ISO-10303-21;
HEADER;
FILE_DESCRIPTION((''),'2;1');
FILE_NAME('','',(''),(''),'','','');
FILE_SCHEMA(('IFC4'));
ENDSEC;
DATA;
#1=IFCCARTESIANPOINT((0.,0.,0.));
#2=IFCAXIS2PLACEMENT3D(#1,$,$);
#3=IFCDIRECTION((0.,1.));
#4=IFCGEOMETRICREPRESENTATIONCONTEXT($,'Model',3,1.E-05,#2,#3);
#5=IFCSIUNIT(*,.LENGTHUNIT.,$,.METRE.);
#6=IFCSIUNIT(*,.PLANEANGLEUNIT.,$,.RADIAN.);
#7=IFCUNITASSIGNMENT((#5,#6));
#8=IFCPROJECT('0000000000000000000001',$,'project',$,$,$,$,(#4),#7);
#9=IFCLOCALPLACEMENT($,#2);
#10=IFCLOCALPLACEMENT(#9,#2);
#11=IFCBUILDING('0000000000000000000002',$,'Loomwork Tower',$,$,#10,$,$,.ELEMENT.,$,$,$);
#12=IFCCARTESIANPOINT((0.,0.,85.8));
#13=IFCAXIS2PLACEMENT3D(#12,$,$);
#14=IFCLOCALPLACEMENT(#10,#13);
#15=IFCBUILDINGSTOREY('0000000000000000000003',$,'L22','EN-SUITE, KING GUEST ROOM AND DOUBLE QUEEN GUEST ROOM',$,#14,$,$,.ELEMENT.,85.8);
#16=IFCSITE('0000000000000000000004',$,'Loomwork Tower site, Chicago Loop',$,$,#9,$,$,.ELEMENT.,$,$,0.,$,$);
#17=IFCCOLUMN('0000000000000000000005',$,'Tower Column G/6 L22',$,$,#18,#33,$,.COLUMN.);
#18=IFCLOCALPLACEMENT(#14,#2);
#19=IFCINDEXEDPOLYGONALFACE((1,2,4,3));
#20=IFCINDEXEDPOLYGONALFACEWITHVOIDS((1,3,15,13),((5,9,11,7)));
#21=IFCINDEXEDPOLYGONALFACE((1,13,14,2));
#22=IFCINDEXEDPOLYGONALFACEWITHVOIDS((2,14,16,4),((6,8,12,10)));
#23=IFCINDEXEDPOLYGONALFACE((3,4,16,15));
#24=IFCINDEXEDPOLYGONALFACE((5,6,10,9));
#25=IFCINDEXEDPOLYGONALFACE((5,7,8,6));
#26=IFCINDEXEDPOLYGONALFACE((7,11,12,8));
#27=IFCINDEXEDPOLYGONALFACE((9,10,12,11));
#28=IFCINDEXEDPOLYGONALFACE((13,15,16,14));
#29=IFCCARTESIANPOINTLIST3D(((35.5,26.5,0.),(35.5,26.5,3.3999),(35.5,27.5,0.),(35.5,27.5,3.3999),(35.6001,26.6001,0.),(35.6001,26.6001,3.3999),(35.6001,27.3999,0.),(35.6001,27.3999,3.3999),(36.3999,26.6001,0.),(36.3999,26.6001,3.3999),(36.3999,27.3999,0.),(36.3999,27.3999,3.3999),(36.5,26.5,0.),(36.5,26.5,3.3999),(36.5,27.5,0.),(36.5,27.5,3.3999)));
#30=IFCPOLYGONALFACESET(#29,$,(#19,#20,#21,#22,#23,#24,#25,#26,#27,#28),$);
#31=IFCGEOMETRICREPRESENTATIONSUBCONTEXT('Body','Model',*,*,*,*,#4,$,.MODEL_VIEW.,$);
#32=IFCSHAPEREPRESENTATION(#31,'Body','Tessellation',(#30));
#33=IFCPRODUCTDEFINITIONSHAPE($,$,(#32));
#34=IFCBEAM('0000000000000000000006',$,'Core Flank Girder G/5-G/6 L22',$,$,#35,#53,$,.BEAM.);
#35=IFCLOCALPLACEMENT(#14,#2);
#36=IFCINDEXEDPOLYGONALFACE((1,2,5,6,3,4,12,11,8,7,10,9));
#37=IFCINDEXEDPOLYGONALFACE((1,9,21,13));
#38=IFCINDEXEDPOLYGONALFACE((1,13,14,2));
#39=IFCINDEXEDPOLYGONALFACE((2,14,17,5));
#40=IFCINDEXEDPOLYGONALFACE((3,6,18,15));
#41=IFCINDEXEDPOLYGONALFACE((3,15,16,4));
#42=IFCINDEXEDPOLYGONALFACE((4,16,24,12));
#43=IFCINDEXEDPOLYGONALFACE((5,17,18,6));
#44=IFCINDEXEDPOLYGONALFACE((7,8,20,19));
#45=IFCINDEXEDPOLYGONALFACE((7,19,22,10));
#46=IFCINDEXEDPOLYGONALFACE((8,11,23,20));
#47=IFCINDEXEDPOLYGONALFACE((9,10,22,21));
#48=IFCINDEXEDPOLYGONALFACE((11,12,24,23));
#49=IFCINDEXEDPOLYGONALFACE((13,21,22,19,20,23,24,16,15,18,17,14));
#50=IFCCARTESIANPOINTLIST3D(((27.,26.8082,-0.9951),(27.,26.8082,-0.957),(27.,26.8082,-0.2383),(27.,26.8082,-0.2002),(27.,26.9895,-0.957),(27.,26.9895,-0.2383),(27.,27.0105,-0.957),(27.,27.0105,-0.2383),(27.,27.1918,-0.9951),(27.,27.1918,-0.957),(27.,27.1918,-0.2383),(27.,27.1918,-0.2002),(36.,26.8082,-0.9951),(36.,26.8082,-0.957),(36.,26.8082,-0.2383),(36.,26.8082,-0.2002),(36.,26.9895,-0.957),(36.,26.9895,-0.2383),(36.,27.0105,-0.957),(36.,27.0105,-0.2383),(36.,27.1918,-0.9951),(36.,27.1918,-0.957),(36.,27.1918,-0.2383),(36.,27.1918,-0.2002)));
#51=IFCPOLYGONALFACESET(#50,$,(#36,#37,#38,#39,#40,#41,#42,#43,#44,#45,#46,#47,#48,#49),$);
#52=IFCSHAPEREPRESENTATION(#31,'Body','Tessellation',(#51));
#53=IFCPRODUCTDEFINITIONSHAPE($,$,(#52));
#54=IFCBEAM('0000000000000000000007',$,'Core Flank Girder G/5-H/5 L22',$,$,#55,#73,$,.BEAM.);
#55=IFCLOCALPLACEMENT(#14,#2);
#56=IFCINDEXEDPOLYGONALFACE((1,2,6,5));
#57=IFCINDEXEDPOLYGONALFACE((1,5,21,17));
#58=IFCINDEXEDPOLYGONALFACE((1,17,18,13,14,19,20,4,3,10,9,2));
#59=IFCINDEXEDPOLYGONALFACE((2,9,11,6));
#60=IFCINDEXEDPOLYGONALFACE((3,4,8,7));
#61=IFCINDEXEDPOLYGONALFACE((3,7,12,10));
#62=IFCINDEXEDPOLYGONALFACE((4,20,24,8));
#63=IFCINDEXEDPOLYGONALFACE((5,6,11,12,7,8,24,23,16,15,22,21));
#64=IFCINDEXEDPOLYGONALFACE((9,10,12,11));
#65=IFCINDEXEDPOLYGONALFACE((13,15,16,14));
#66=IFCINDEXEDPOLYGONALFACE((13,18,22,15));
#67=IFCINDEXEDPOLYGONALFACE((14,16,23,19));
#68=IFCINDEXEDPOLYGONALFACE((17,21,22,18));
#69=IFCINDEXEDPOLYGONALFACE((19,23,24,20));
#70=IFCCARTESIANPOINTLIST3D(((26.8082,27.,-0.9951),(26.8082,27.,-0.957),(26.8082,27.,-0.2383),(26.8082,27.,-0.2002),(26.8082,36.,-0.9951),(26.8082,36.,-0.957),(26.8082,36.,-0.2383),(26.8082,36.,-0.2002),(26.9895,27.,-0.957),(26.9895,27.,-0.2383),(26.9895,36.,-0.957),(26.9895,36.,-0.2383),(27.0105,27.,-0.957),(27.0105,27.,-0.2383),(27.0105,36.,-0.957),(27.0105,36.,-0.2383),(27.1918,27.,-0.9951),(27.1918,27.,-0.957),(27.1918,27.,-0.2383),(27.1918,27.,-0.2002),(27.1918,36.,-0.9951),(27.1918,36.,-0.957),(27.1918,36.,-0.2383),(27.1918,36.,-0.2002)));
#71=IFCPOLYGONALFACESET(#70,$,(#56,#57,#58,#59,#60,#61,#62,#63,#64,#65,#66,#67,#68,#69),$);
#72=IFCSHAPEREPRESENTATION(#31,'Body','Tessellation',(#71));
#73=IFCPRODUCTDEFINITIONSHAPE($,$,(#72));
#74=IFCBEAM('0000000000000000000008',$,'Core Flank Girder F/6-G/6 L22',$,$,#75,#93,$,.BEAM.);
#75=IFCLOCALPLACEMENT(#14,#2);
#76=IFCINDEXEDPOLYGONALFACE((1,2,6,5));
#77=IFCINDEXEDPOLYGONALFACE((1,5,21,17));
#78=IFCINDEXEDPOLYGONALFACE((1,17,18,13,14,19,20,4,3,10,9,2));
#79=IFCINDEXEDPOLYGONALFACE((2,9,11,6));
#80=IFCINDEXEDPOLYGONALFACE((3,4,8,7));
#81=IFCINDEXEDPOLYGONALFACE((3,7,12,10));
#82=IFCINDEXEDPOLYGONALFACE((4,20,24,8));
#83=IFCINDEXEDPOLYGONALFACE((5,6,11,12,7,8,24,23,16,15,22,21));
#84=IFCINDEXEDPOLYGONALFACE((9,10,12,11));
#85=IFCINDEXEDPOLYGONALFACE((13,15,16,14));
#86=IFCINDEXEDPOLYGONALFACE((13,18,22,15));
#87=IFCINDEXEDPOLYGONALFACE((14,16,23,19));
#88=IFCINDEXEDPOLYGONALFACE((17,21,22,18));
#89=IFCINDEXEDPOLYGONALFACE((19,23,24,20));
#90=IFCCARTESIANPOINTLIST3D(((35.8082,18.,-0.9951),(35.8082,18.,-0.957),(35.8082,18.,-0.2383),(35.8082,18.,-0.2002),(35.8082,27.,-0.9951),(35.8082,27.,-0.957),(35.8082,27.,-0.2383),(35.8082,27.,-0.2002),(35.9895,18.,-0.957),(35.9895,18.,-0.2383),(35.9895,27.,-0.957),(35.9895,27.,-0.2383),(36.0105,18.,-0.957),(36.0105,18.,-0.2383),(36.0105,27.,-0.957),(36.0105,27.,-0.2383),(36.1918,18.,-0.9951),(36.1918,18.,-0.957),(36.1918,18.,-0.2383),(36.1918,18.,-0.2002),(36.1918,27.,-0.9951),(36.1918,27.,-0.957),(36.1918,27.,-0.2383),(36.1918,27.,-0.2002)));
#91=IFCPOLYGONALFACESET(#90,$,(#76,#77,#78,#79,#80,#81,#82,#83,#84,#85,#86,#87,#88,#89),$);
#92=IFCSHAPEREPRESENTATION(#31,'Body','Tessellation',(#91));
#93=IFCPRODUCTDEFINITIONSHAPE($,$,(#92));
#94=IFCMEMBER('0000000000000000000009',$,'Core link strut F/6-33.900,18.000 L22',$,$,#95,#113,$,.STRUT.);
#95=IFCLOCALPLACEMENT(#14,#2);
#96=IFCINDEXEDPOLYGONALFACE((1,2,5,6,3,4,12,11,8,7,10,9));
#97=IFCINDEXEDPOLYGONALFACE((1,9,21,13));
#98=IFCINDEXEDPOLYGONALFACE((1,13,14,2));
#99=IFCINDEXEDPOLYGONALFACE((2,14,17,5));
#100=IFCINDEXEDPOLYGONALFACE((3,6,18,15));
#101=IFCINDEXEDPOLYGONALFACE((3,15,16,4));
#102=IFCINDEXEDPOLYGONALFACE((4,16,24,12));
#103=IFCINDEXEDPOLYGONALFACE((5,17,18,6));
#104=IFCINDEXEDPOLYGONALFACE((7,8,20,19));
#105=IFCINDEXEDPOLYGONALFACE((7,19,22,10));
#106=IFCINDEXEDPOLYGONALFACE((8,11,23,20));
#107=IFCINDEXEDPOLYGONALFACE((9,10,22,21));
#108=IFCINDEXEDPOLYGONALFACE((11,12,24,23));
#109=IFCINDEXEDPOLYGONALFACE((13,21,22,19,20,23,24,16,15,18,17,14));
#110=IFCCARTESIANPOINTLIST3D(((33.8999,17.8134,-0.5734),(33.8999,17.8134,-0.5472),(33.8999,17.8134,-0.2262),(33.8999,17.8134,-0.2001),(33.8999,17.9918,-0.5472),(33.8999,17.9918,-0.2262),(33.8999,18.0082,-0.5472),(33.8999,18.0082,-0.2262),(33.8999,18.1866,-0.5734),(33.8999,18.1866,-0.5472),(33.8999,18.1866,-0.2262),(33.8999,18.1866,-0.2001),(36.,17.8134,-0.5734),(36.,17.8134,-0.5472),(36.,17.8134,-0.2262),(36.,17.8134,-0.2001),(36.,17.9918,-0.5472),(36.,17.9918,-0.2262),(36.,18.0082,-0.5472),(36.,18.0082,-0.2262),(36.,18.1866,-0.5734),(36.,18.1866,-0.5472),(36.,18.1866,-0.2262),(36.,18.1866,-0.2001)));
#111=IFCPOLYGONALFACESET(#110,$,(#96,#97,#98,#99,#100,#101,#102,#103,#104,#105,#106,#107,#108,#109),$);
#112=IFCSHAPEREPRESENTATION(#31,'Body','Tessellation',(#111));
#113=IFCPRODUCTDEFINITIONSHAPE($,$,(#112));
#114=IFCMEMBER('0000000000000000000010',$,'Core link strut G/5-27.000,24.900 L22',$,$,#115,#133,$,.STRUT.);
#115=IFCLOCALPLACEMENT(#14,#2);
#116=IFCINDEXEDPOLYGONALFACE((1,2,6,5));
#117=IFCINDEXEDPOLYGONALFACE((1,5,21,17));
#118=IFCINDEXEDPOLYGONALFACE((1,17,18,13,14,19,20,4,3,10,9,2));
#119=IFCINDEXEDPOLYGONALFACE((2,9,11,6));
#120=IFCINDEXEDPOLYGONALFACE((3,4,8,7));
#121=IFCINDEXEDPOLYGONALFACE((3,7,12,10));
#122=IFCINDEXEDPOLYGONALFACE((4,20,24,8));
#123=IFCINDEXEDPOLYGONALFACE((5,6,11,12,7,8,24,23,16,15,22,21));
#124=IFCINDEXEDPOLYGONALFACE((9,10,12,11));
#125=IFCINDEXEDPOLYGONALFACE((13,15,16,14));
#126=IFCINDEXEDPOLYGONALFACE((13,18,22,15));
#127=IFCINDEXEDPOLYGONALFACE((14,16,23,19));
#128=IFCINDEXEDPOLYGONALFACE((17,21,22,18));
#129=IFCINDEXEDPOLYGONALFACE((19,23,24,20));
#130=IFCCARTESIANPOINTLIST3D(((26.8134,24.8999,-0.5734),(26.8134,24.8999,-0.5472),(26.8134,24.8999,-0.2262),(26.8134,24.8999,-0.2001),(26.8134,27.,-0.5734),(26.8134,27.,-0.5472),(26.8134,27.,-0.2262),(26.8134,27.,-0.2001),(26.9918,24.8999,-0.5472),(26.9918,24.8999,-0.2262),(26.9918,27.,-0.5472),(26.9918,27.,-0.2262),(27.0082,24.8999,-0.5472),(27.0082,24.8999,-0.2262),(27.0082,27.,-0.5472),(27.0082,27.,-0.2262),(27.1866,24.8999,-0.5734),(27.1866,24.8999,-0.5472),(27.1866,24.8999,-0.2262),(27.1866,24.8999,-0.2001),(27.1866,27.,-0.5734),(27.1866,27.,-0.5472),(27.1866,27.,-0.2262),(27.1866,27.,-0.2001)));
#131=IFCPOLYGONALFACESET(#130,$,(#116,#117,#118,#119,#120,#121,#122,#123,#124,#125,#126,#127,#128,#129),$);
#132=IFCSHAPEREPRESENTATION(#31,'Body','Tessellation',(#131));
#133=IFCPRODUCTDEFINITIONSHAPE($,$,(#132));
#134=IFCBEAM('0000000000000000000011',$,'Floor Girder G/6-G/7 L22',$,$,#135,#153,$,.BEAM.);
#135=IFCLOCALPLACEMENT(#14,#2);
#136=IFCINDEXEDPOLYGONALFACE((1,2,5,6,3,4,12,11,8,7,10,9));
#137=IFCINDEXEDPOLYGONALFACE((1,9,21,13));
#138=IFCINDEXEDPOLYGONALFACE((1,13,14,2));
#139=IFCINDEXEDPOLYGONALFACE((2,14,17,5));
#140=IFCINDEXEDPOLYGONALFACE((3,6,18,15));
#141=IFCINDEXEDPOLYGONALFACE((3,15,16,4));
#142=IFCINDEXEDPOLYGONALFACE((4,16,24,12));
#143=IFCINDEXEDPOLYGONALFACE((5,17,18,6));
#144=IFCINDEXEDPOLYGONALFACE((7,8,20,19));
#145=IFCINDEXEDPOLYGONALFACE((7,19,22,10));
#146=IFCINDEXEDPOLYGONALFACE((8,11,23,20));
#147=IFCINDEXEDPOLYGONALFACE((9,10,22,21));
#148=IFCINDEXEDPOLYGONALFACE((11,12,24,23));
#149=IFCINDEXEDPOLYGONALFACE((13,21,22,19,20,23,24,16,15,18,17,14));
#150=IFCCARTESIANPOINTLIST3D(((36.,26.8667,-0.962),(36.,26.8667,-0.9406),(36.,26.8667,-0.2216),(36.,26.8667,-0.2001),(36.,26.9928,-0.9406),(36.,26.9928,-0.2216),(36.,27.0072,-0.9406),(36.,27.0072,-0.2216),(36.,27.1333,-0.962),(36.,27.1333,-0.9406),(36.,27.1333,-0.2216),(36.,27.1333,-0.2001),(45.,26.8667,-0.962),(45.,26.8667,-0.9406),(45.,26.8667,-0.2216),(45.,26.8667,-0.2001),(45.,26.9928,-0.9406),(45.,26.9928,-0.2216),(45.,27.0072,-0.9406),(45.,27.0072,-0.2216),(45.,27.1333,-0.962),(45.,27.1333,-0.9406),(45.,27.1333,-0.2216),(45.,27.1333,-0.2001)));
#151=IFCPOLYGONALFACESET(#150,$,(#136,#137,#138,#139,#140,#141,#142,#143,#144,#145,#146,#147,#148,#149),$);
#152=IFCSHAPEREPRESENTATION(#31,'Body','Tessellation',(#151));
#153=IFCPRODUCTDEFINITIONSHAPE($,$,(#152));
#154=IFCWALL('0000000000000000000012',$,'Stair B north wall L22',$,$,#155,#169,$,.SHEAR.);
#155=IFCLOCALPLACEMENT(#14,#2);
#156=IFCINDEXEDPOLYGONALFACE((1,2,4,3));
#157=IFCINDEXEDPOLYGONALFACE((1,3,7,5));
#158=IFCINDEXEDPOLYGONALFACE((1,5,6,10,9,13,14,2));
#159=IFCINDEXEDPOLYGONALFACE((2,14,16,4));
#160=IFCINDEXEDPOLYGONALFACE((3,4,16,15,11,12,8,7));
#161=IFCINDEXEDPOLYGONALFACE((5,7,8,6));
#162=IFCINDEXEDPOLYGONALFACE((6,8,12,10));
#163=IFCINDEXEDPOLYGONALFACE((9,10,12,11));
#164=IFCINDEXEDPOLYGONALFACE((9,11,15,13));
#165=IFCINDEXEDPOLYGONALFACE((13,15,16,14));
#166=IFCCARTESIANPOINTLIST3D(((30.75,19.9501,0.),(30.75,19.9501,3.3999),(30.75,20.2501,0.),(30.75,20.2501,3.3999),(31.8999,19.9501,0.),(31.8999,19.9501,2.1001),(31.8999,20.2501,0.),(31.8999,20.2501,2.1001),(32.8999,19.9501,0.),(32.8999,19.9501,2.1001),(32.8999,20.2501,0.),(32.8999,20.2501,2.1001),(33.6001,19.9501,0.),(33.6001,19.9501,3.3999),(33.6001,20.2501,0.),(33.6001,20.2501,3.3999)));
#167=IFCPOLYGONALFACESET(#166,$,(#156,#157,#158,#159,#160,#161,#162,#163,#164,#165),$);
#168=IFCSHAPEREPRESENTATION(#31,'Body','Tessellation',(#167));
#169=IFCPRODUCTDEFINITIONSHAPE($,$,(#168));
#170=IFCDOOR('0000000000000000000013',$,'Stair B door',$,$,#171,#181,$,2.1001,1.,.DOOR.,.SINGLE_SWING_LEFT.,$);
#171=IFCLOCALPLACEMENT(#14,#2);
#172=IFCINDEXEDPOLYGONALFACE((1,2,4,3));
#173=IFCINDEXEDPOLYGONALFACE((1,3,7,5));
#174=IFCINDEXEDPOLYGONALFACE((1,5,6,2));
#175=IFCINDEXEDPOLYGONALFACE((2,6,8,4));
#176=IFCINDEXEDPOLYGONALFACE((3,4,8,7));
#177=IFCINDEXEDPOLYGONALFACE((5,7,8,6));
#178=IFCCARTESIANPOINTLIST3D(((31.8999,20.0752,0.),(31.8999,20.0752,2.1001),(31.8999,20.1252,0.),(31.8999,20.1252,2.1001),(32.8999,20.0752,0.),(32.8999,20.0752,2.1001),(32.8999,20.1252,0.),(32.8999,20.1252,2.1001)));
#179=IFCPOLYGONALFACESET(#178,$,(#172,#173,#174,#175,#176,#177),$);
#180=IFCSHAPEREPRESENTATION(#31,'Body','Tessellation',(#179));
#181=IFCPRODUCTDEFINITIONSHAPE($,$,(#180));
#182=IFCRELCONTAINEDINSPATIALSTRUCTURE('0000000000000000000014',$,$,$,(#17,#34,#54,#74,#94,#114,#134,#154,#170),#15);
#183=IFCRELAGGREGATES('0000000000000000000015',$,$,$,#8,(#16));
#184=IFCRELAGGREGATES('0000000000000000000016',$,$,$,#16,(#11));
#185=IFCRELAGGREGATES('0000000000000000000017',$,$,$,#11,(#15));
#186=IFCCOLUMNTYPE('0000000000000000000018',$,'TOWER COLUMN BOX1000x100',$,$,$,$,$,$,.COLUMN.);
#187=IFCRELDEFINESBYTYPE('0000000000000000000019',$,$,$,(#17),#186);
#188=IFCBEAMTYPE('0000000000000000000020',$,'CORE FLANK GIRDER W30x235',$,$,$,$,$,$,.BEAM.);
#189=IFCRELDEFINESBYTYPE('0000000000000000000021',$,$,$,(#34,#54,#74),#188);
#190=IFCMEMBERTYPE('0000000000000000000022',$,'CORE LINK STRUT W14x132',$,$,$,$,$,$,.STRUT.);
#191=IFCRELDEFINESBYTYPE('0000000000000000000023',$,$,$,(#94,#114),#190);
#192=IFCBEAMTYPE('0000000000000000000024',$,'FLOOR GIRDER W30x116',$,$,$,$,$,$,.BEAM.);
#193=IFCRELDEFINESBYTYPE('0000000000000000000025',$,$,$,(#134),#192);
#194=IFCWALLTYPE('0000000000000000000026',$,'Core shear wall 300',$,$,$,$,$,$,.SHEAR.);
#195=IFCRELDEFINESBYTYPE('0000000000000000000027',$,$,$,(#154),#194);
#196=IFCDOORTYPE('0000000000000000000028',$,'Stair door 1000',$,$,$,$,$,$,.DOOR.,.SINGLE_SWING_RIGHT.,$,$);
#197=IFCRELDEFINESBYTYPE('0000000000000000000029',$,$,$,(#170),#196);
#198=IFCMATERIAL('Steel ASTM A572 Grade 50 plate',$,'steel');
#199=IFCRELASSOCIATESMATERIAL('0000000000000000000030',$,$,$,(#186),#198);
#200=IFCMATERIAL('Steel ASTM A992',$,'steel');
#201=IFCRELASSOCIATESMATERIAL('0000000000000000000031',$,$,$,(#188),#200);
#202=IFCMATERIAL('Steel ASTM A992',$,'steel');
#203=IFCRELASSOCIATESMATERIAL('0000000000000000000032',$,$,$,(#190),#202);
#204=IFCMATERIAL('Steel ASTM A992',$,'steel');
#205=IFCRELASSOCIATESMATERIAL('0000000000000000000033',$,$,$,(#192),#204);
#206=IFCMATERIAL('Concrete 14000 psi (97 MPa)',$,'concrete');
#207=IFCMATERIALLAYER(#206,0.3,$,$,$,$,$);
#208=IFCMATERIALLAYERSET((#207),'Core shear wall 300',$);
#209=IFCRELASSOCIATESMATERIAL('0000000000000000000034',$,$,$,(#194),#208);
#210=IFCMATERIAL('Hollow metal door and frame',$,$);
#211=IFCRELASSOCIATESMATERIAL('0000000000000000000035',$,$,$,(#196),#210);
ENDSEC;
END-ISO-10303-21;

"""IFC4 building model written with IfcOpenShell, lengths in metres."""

from ifc_helpers import new_model, si_unit, direction, frame, frame_2d, origin, origin_2d, place, context, subcontext, project, spatial, rectangle, hollow_rectangle, i_section, extrude, material, layer, layer_set, material_profile, profile_set, type_object, element, fill, save


model = new_model("IFC4")

# Units and contexts
model_context = context("Model", 3, precision=1e-05, world=origin(), true_north=direction((0.0, 1.0)))
body_context = subcontext(model_context, "Body", "Model", "MODEL_VIEW")
ifc_project = project(units=[si_unit("LENGTHUNIT", "METRE"), si_unit("PLANEANGLEUNIT", "RADIAN")], contexts=[model_context])

# Site, building, storey
site_placement = place(None, origin())
site = spatial("IfcSite", under=ifc_project, at=site_placement, Name="Loomwork Tower site, Chicago Loop", CompositionType="ELEMENT", RefElevation=0.0)
building_placement = place(site_placement, origin())
building = spatial("IfcBuilding", under=site, at=building_placement, Name="Loomwork Tower", CompositionType="ELEMENT")
storey_placement = place(building_placement, frame((0.0, 0.0, 85.8)))
storey = spatial("IfcBuildingStorey", under=building, at=storey_placement, Name="L22", Description="EN-SUITE, KING GUEST ROOM AND DOUBLE QUEEN GUEST ROOM", CompositionType="ELEMENT", Elevation=85.8)

# Column
ifc_material_1 = material(Name="Steel ASTM A572 Grade 50 plate", Category="steel")
ifc_material_profile_1 = material_profile(ifc_material_1, hollow_rectangle(XDim=1.0, YDim=1.0, WallThickness=0.1001, at=origin_2d()), Name="BOX1000x100")
ifc_profile_set_1 = profile_set([ifc_material_profile_1], Name="Steel ASTM A572 Grade 50 plate")
column_type = type_object("IfcColumnType", Name="TOWER COLUMN BOX1000x100", PredefinedType="COLUMN", material=ifc_profile_set_1)
column_placement = place(storey_placement, frame((36.0, 27.0, 0.0), z_axis=(0.0, 0.0, 1.0), x_axis=(1.0, 0.0, 0.0)))
element("IfcColumn", 1, at=column_placement, inside=storey, type_object=column_type, Name="Tower Column G/6 L22", PredefinedType="COLUMN", context=body_context, shape_type="SweptSolid", body=[
    extrude(hollow_rectangle(XDim=1.0, YDim=1.0, WallThickness=0.1001, at=origin_2d()), origin(), (0.0, 0.0, 1.0), 3.3999),
])

# Beams
ifc_material_2 = material(Name="Steel ASTM A992", Category="steel")
ifc_material_profile_2 = material_profile(ifc_material_2, i_section(OverallWidth=0.3835, OverallDepth=0.7949, WebThickness=0.021, FlangeThickness=0.0381, at=origin_2d()), Name="W30x235")
ifc_profile_set_2 = profile_set([ifc_material_profile_2], Name="Steel ASTM A992")
beam_type_1 = type_object("IfcBeamType", Name="CORE FLANK GIRDER W30x235", PredefinedType="BEAM", material=ifc_profile_set_2)
for number, where, z_axis, x_axis, name in (
    (2, (27.0, 27.0, -0.5977), (1.0, 0.0, 0.0), (0.0, 1.0, 0.0), "Core Flank Girder G/5-G/6 L22"),
    (3, (27.0, 27.0, -0.5977), (0.0, 1.0, 0.0), (-1.0, 0.0, 0.0), "Core Flank Girder G/5-H/5 L22"),
    (4, (36.0, 18.0, -0.5977), (0.0, 1.0, 0.0), (-1.0, 0.0, 0.0), "Core Flank Girder F/6-G/6 L22"),
):
    element("IfcBeam", number, at=place(storey_placement, frame(where, z_axis=z_axis, x_axis=x_axis)), inside=storey, type_object=beam_type_1, Name=name, PredefinedType="BEAM", context=body_context, shape_type="SweptSolid", body=[
        extrude(i_section(OverallWidth=0.3835, OverallDepth=0.7949, WebThickness=0.021, FlangeThickness=0.0381, at=origin_2d()), origin(), (0.0, 0.0, 1.0), 9.0),
    ])

# Members
ifc_material_3 = material(Name="Steel ASTM A992", Category="steel")
ifc_material_profile_3 = material_profile(ifc_material_3, i_section(OverallWidth=0.3733, OverallDepth=0.3733, WebThickness=0.0164, FlangeThickness=0.0261, at=origin_2d()), Name="W14x132")
ifc_profile_set_3 = profile_set([ifc_material_profile_3], Name="Steel ASTM A992")
member_type = type_object("IfcMemberType", Name="CORE LINK STRUT W14x132", PredefinedType="STRUT", material=ifc_profile_set_3)
for number, where, z_axis, x_axis, name in (
    (5, (36.0, 18.0, -0.3867), (-1.0, 0.0, 0.0), (0.0, -1.0, 0.0), "Core link strut F/6-33.900,18.000 L22"),
    (6, (27.0, 27.0, -0.3867), (0.0, -1.0, 0.0), (1.0, 0.0, 0.0), "Core link strut G/5-27.000,24.900 L22"),
):
    element("IfcMember", number, at=place(storey_placement, frame(where, z_axis=z_axis, x_axis=x_axis)), inside=storey, type_object=member_type, Name=name, PredefinedType="STRUT", context=body_context, shape_type="SweptSolid", body=[
        extrude(i_section(OverallWidth=0.3733, OverallDepth=0.3733, WebThickness=0.0164, FlangeThickness=0.0261, at=origin_2d()), origin(), (0.0, 0.0, 1.0), 2.1001),
    ])

# Beam
ifc_material_4 = material(Name="Steel ASTM A992", Category="steel")
ifc_material_profile_4 = material_profile(ifc_material_4, i_section(OverallWidth=0.2666, OverallDepth=0.762, WebThickness=0.0144, FlangeThickness=0.0215, at=origin_2d()), Name="W30x116")
ifc_profile_set_4 = profile_set([ifc_material_profile_4], Name="Steel ASTM A992")
beam_type_2 = type_object("IfcBeamType", Name="FLOOR GIRDER W30x116", PredefinedType="BEAM", material=ifc_profile_set_4)
beam_placement = place(storey_placement, frame((36.0, 27.0, -0.5811), z_axis=(1.0, 0.0, 0.0), x_axis=(0.0, 1.0, 0.0)))
element("IfcBeam", 7, at=beam_placement, inside=storey, type_object=beam_type_2, Name="Floor Girder G/6-G/7 L22", PredefinedType="BEAM", context=body_context, shape_type="SweptSolid", body=[
    extrude(i_section(OverallWidth=0.2666, OverallDepth=0.762, WebThickness=0.0144, FlangeThickness=0.0215, at=origin_2d()), origin(), (0.0, 0.0, 1.0), 9.0),
])

# Wall, opening, door
ifc_material_5 = material(Name="Concrete 14000 psi (97 MPa)", Category="concrete")
ifc_layer_1 = layer(ifc_material_5, 0.3)
ifc_layer_set_1 = layer_set([ifc_layer_1], Name="Core shear wall 300")
wall_type_1 = type_object("IfcWallType", Name="Core shear wall 300", PredefinedType="SHEAR", material=ifc_layer_set_1)
wall_1_placement = place(storey_placement, frame((30.75, 20.1001, 0.0), z_axis=(0.0, 0.0, 1.0), x_axis=(1.0, 0.0, 0.0)))
wall_1 = element("IfcWall", 8, at=wall_1_placement, inside=storey, type_object=wall_type_1, Name="Stair B north wall L22", PredefinedType="SHEAR", context=body_context, shape_type="SweptSolid", body=[
    extrude(rectangle(XDim=2.8501, YDim=0.3, at=frame_2d((1.425, 0.0))), origin(), (0.0, 0.0, 1.0), 3.3999),
])
opening_1_placement = place(wall_1_placement, frame((1.1499, 0.0, 0.0)))
opening_1 = element("IfcOpeningElement", 9, at=opening_1_placement, cuts=wall_1, PredefinedType="OPENING", context=body_context, shape_type="SweptSolid", body=[
    extrude(rectangle(XDim=1.0, YDim=2.1001, at=frame_2d((0.5, 1.05))), frame((0.0, 0.1599, 0.0), z_axis=(0.0, -1.0, 0.0), x_axis=(1.0, 0.0, 0.0)), (0.0, 0.0, 1.0), 0.3201),
])
ifc_material_6 = material(Name="Hollow metal door and frame")
door_type_1 = type_object("IfcDoorType", Name="Stair door 1000", OperationType="SINGLE_SWING_RIGHT", PredefinedType="DOOR", material=ifc_material_6)
door_1_placement = place(opening_1_placement, frame((1.0, 0.0, 0.0), z_axis=(0.0, 0.0, 1.0), x_axis=(-1.0, 0.0, 0.0)))
door_1 = element("IfcDoor", 10, at=door_1_placement, inside=storey, type_object=door_type_1, Name="Stair B door", OperationType="SINGLE_SWING_LEFT", OverallHeight=2.1001, OverallWidth=1.0, PredefinedType="DOOR", context=body_context, shape_type="SweptSolid", body=[
    extrude(rectangle(XDim=1.0, YDim=2.1001, at=frame_2d((0.5, 1.05))), frame((0.0, 0.0249, 0.0), z_axis=(0.0, -1.0, 0.0), x_axis=(1.0, 0.0, 0.0)), (0.0, 0.0, 1.0), 0.05),
])
fill(opening_1, door_1)

save(model, "model.ifc")
